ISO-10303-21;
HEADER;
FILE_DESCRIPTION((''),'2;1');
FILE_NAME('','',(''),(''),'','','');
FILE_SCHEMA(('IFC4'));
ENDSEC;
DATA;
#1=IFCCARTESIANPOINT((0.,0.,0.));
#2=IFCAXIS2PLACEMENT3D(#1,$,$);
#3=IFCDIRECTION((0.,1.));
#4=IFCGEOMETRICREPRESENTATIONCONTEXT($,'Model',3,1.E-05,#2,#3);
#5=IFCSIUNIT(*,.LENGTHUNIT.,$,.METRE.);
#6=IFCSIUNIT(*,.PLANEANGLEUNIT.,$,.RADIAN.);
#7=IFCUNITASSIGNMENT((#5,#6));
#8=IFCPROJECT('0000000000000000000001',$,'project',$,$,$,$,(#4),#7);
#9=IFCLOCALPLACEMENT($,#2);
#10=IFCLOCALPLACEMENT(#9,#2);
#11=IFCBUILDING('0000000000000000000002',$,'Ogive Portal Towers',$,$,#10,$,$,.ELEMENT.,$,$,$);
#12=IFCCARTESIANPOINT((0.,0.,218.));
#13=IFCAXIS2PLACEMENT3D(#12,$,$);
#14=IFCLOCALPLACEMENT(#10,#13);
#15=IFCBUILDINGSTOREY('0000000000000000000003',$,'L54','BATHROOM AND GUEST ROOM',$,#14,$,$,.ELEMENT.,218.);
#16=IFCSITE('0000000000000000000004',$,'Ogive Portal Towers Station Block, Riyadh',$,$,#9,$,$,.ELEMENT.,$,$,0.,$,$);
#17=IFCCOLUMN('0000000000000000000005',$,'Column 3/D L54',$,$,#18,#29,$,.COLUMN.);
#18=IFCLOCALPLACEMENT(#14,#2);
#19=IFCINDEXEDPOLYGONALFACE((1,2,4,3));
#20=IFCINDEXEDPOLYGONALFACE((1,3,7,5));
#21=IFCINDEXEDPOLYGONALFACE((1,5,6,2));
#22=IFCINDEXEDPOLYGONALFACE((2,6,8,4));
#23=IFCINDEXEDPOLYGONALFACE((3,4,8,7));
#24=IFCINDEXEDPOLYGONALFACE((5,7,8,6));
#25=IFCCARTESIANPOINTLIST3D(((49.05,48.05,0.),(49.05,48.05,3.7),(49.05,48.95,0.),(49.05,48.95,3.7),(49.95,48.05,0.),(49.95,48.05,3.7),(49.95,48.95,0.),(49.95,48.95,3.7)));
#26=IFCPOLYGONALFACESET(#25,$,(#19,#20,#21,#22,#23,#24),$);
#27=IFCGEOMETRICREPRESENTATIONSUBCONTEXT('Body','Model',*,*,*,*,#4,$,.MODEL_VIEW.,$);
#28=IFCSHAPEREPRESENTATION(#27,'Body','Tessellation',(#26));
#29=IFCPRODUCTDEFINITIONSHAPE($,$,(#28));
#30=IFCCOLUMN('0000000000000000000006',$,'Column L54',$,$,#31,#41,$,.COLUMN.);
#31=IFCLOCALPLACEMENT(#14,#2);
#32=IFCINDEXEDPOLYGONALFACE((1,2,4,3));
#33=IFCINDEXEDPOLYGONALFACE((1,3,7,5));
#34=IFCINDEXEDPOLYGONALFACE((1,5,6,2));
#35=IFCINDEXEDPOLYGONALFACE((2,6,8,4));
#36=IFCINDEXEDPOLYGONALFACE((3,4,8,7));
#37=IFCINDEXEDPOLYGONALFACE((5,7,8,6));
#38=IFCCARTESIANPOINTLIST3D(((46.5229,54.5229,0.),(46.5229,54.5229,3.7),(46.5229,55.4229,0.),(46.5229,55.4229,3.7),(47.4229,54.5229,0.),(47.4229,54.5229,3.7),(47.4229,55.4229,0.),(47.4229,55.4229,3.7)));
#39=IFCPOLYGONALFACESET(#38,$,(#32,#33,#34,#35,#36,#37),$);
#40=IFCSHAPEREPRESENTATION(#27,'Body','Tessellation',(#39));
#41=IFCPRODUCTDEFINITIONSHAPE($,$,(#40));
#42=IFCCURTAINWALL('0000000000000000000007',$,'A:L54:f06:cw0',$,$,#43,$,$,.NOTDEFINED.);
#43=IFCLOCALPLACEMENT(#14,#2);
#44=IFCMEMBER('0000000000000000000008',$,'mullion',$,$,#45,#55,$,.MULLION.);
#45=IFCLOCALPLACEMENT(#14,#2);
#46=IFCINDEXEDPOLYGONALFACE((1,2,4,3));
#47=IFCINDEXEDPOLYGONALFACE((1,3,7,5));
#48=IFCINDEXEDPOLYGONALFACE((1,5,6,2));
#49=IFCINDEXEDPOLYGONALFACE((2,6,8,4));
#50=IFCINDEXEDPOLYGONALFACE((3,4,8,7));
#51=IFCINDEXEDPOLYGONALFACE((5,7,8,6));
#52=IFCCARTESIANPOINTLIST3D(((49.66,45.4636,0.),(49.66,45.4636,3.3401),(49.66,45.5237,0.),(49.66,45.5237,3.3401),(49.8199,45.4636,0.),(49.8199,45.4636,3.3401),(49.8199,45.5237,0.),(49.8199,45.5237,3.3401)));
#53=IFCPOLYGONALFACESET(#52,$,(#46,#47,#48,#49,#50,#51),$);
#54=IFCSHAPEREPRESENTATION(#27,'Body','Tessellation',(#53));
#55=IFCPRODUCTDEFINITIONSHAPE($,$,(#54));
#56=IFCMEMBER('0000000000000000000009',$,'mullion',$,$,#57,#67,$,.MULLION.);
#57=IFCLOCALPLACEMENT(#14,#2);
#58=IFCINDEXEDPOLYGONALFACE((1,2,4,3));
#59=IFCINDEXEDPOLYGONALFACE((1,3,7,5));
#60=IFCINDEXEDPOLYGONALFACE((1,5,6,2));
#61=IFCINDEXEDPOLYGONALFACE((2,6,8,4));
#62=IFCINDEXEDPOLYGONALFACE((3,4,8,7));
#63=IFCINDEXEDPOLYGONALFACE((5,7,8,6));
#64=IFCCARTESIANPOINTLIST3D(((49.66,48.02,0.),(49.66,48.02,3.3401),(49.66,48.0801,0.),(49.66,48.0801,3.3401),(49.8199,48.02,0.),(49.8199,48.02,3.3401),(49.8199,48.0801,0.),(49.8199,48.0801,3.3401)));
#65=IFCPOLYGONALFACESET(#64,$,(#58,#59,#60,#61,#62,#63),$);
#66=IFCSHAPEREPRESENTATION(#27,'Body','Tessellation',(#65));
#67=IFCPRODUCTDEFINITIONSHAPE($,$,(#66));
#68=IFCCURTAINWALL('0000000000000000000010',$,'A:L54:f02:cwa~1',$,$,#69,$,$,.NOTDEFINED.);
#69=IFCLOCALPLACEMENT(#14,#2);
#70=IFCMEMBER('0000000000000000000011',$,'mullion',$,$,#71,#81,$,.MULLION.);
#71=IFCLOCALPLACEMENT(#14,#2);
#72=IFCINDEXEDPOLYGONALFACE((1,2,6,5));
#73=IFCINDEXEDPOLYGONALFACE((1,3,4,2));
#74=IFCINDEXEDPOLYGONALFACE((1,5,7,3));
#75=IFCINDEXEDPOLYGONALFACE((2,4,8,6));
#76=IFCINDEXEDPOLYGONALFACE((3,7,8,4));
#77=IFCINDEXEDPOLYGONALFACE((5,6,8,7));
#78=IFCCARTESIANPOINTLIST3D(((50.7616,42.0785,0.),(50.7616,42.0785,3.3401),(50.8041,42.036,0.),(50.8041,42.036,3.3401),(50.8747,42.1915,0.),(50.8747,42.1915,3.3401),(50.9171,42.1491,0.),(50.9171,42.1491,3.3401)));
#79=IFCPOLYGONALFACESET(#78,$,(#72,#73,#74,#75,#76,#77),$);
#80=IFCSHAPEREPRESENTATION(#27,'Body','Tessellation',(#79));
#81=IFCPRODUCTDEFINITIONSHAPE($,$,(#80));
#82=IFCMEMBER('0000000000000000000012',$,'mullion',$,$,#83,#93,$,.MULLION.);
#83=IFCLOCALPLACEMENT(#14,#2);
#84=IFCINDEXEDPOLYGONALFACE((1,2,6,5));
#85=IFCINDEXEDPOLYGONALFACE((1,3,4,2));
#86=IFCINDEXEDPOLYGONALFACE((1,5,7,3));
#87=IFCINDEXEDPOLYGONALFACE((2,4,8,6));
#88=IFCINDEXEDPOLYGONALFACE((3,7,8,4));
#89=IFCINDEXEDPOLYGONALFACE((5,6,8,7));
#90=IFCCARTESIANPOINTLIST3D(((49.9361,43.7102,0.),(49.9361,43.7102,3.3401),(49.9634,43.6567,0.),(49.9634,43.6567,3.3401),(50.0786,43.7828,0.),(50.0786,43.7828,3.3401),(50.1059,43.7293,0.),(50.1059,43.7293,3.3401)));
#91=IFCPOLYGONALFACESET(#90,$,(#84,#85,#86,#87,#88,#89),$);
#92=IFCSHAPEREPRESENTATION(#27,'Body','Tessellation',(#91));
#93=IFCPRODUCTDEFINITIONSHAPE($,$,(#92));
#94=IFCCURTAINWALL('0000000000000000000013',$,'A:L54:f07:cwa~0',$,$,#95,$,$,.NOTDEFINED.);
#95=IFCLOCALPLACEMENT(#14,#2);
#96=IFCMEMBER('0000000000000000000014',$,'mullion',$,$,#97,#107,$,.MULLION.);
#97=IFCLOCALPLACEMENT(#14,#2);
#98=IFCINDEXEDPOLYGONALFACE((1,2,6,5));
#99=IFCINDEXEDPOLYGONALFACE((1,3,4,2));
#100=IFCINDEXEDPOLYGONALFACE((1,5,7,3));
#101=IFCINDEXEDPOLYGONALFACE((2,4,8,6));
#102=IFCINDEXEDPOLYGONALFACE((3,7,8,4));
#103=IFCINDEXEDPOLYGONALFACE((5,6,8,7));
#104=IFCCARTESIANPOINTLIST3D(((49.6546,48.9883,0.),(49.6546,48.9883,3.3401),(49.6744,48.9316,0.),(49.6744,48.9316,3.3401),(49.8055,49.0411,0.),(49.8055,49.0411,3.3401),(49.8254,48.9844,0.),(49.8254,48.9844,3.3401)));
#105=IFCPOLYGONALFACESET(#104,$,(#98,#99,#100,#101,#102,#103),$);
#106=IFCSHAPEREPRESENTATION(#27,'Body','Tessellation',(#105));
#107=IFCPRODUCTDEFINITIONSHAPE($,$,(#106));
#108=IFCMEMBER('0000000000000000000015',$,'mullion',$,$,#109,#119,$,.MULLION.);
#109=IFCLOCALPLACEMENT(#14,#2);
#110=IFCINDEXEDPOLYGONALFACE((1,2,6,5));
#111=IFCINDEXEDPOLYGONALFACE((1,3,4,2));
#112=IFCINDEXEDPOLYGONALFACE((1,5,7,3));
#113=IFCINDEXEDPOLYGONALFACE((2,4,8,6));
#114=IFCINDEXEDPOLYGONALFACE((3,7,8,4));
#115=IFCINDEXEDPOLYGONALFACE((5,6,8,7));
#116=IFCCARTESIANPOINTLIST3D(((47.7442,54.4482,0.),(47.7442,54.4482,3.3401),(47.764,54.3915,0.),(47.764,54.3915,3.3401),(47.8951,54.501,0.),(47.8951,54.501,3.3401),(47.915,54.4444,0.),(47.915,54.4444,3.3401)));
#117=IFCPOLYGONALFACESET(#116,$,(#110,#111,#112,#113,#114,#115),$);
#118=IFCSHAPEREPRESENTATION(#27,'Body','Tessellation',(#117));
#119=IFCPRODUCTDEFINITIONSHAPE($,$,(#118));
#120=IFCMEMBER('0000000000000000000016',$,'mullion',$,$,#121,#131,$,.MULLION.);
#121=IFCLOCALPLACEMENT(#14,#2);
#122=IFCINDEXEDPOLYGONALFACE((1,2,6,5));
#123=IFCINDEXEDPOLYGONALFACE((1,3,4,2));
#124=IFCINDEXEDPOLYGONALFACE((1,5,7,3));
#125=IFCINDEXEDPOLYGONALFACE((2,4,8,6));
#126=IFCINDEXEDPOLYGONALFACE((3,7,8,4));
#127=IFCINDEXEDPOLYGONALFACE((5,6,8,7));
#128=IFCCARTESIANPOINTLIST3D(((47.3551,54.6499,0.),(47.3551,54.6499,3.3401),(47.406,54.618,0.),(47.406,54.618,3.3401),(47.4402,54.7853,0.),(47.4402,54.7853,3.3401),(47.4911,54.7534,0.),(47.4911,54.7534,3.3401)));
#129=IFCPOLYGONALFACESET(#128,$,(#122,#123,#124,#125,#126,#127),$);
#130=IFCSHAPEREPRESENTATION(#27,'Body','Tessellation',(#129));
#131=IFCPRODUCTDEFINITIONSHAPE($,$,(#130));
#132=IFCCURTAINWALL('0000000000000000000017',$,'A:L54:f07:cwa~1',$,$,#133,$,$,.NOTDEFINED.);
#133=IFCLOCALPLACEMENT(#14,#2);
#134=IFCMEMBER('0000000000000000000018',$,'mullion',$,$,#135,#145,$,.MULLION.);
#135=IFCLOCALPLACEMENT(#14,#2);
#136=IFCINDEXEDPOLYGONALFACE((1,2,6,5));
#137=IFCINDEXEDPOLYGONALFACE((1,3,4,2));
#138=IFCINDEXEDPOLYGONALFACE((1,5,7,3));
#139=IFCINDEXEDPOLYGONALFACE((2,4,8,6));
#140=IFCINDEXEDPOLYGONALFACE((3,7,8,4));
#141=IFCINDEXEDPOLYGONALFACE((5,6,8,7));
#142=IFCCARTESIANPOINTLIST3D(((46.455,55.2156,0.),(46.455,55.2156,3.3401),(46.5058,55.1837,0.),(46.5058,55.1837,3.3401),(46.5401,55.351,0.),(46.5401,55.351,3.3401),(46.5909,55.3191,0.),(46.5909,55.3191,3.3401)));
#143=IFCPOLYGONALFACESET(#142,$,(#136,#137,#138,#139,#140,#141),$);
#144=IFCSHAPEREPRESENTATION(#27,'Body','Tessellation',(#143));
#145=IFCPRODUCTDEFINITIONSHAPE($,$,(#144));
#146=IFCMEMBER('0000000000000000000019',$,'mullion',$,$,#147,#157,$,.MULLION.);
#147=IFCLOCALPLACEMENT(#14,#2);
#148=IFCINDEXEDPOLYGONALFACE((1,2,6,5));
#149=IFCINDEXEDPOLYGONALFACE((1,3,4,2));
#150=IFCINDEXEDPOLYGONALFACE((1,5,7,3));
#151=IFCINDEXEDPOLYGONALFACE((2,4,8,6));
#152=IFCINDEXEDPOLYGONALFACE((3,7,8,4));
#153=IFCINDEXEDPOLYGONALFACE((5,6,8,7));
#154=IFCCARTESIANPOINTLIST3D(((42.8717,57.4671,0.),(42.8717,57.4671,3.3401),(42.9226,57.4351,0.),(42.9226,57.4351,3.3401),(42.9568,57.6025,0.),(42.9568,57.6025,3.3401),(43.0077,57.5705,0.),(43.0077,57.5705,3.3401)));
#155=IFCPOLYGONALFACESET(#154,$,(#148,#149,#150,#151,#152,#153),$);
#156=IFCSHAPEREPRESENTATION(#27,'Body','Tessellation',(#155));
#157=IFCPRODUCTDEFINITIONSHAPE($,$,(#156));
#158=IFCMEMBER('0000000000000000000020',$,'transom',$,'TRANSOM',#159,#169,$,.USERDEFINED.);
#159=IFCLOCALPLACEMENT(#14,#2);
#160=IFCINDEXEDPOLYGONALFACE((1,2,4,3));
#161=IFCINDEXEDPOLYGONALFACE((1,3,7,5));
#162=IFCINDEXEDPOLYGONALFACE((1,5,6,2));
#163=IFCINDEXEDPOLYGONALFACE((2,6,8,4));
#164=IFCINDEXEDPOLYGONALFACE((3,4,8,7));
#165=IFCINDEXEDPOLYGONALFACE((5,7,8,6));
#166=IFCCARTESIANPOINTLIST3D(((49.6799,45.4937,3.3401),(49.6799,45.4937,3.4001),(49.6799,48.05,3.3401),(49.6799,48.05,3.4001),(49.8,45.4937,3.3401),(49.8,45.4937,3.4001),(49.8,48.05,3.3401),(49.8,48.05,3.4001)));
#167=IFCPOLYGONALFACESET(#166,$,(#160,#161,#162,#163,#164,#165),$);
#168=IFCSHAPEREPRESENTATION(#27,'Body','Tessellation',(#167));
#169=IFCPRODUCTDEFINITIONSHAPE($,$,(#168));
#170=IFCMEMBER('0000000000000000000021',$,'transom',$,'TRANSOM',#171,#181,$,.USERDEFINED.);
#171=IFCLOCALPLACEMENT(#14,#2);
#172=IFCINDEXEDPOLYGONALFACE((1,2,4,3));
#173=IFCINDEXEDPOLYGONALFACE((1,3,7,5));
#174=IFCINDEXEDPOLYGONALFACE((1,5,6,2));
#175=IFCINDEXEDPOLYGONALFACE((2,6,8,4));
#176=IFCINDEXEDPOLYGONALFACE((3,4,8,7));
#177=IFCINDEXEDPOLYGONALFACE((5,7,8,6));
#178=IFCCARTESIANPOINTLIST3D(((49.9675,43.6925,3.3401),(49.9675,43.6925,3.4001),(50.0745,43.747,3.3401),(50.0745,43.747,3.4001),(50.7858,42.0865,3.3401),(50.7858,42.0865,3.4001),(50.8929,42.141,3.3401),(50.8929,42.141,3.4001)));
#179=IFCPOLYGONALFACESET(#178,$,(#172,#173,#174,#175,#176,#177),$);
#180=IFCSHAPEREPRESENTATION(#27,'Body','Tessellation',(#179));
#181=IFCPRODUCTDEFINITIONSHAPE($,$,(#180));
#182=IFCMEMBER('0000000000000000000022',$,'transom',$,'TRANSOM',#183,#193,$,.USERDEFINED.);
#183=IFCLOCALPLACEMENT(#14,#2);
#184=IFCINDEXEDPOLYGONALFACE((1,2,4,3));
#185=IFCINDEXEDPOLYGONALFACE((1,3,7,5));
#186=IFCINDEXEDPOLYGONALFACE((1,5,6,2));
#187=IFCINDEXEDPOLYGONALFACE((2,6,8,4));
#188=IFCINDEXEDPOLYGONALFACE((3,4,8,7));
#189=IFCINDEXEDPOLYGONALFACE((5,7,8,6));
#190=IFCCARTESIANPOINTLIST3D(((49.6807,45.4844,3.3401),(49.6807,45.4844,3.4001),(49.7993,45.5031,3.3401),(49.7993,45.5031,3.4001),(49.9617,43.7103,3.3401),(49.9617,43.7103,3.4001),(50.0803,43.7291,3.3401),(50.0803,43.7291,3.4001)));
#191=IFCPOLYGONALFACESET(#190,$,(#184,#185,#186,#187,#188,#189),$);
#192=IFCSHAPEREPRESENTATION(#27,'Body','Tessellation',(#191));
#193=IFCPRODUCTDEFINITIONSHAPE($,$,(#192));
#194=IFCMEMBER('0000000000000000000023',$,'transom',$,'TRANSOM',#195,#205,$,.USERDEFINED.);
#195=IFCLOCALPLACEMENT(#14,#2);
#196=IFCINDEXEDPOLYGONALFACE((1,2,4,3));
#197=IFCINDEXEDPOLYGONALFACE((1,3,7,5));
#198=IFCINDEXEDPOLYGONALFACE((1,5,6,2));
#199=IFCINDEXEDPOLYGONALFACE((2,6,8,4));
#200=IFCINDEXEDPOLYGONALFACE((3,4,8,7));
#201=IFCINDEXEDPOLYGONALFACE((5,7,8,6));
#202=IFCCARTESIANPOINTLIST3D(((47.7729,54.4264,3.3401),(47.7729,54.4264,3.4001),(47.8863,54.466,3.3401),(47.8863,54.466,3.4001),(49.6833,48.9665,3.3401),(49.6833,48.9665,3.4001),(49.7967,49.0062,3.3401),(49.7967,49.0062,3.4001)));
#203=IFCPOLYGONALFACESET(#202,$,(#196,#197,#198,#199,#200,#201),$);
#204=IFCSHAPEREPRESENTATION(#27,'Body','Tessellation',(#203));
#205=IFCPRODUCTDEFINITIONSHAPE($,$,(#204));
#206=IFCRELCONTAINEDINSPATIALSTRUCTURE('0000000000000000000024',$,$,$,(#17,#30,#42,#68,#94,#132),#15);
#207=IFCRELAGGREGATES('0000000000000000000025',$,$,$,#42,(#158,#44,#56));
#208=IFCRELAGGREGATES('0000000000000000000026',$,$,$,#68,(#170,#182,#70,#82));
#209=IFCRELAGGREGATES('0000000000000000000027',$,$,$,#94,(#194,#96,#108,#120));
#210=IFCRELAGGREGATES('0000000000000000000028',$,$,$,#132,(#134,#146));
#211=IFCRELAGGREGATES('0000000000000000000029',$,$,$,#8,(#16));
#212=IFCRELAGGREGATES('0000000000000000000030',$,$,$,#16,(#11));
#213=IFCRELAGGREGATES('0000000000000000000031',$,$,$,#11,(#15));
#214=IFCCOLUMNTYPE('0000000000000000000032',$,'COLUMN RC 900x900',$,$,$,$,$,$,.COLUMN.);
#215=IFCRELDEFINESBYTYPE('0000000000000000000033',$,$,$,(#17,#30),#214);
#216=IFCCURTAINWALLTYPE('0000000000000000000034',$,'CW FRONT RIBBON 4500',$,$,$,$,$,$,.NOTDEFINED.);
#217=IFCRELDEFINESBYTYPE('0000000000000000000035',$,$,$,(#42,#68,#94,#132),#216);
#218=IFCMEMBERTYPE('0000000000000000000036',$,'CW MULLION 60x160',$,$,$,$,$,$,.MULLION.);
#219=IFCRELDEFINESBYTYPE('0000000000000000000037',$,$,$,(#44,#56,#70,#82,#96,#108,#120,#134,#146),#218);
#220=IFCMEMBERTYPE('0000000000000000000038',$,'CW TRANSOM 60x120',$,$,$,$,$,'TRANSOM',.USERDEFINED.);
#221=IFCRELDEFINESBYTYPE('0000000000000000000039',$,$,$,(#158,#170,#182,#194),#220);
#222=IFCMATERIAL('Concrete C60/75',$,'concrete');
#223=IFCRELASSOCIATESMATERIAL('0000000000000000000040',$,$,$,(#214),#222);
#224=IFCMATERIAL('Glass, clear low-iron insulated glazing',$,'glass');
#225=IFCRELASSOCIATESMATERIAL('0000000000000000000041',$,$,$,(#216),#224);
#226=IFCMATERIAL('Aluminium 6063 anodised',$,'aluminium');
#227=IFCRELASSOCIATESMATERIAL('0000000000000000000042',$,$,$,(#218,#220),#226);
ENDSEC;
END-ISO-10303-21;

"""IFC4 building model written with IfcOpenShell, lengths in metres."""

from ifc_helpers import new_model, si_unit, direction, frame, origin, origin_2d, place, context, subcontext, project, spatial, rectangle, extrude, material, material_profile, profile_set, type_object, element, aggregate, save


model = new_model("IFC4")

# Units and contexts
model_context = context("Model", 3, precision=1e-05, world=origin(), true_north=direction((0.0, 1.0)))
body_context = subcontext(model_context, "Body", "Model", "MODEL_VIEW")
ifc_project = project(units=[si_unit("LENGTHUNIT", "METRE"), si_unit("PLANEANGLEUNIT", "RADIAN")], contexts=[model_context])

# Site, building, storey
site_placement = place(None, origin())
site = spatial("IfcSite", under=ifc_project, at=site_placement, Name="Ogive Portal Towers Station Block, Riyadh", CompositionType="ELEMENT", RefElevation=0.0)
building_placement = place(site_placement, origin())
building = spatial("IfcBuilding", under=site, at=building_placement, Name="Ogive Portal Towers", CompositionType="ELEMENT")
storey_placement = place(building_placement, frame((0.0, 0.0, 218.0)))
storey = spatial("IfcBuildingStorey", under=building, at=storey_placement, Name="L54", Description="BATHROOM AND GUEST ROOM", CompositionType="ELEMENT", Elevation=218.0)

# Columns
ifc_material_1 = material(Name="Concrete C60/75", Category="concrete")
ifc_material_profile_1 = material_profile(ifc_material_1, rectangle(XDim=0.8999, YDim=0.8999, at=origin_2d()), Name="RC 900x900")
ifc_profile_set_1 = profile_set([ifc_material_profile_1], Name="Concrete C60/75")
column_type = type_object("IfcColumnType", Name="COLUMN RC 900x900", PredefinedType="COLUMN", material=ifc_profile_set_1)
for number, where, z_axis, x_axis, name in (
    (1, (49.5, 48.5, 0.0), (0.0, 0.0, 1.0), (1.0, 0.0, 0.0), "Column 3/D L54"),
    (2, (46.9729, 54.9729, 0.0), (0.0, 0.0, 1.0), (1.0, 0.0, 0.0), "Column L54"),
):
    element("IfcColumn", number, at=place(storey_placement, frame(where, z_axis=z_axis, x_axis=x_axis)), inside=storey, type_object=column_type, Name=name, PredefinedType="COLUMN", context=body_context, shape_type="SweptSolid", body=[
        extrude(rectangle(XDim=0.8999, YDim=0.8999, at=origin_2d()), origin(), (0.0, 0.0, 1.0), 3.7),
    ])

# Curtain walls, members
ifc_material_2 = material(Name="Glass, clear low-iron insulated glazing", Category="glass")
curtain_wall_type = type_object("IfcCurtainWallType", Name="CW FRONT RIBBON 4500", PredefinedType="NOTDEFINED", material=ifc_material_2)
curtain_wall_1_placement = place(storey_placement, origin())
curtain_wall_1 = element("IfcCurtainWall", 3, at=curtain_wall_1_placement, inside=storey, type_object=curtain_wall_type, Name="A:L54:f06:cw0", PredefinedType="NOTDEFINED")
ifc_material_3 = material(Name="Aluminium 6063 anodised", Category="aluminium")
ifc_material_profile_2 = material_profile(ifc_material_3, rectangle(XDim=0.1599, YDim=0.0601, at=origin_2d()), Name="AL 60x160")
ifc_profile_set_2 = profile_set([ifc_material_profile_2], Name="Aluminium 6063 anodised")
member_type_1 = type_object("IfcMemberType", Name="CW MULLION 60x160", PredefinedType="MULLION", material=ifc_profile_set_2)
member_1_placement = place(storey_placement, frame((49.74, 45.4937, 0.0), z_axis=(0.0, 0.0, 1.0), x_axis=(-1.0, 0.0, 0.0)))
member_1 = element("IfcMember", 4, at=member_1_placement, type_object=member_type_1, Name="mullion", PredefinedType="MULLION", context=body_context, shape_type="SweptSolid", body=[
    extrude(rectangle(XDim=0.1599, YDim=0.0601, at=origin_2d()), origin(), (0.0, 0.0, 1.0), 3.3401),
])
member_2_placement = place(storey_placement, frame((49.74, 48.05, 0.0), z_axis=(0.0, 0.0, 1.0), x_axis=(-1.0, 0.0, 0.0)))
member_2 = element("IfcMember", 5, at=member_2_placement, type_object=member_type_1, Name="mullion", PredefinedType="MULLION", context=body_context, shape_type="SweptSolid", body=[
    extrude(rectangle(XDim=0.1599, YDim=0.0601, at=origin_2d()), origin(), (0.0, 0.0, 1.0), 3.3401),
])
curtain_wall_2_placement = place(storey_placement, origin())
curtain_wall_2 = element("IfcCurtainWall", 6, at=curtain_wall_2_placement, inside=storey, type_object=curtain_wall_type, Name="A:L54:f02:cwa~1", PredefinedType="NOTDEFINED")
member_3_placement = place(storey_placement, frame((50.8394, 42.1138, 0.0), z_axis=(0.0, 0.0, 1.0), x_axis=(-0.707107, -0.707107, 0.0)))
member_3 = element("IfcMember", 7, at=member_3_placement, type_object=member_type_1, Name="mullion", PredefinedType="MULLION", context=body_context, shape_type="SweptSolid", body=[
    extrude(rectangle(XDim=0.1599, YDim=0.0601, at=origin_2d()), origin(), (0.0, 0.0, 1.0), 3.3401),
])
member_4_placement = place(storey_placement, frame((50.021, 43.7197, 0.0), z_axis=(0.0, 0.0, 1.0), x_axis=(-0.891007, -0.45399, 0.0)))
member_4 = element("IfcMember", 8, at=member_4_placement, type_object=member_type_1, Name="mullion", PredefinedType="MULLION", context=body_context, shape_type="SweptSolid", body=[
    extrude(rectangle(XDim=0.1599, YDim=0.0601, at=origin_2d()), origin(), (0.0, 0.0, 1.0), 3.3401),
])
curtain_wall_3_placement = place(storey_placement, origin())
curtain_wall_3 = element("IfcCurtainWall", 9, at=curtain_wall_3_placement, inside=storey, type_object=curtain_wall_type, Name="A:L54:f07:cwa~0", PredefinedType="NOTDEFINED")
member_5_placement = place(storey_placement, frame((49.74, 48.9863, 0.0), z_axis=(0.0, 0.0, 1.0), x_axis=(-0.943883, -0.330279, 0.0)))
member_5 = element("IfcMember", 10, at=member_5_placement, type_object=member_type_1, Name="mullion", PredefinedType="MULLION", context=body_context, shape_type="SweptSolid", body=[
    extrude(rectangle(XDim=0.1599, YDim=0.0601, at=origin_2d()), origin(), (0.0, 0.0, 1.0), 3.3401),
])
member_6_placement = place(storey_placement, frame((47.8296, 54.4463, 0.0), z_axis=(0.0, 0.0, 1.0), x_axis=(-0.943883, -0.330279, 0.0)))
member_6 = element("IfcMember", 11, at=member_6_placement, type_object=member_type_1, Name="mullion", PredefinedType="MULLION", context=body_context, shape_type="SweptSolid", body=[
    extrude(rectangle(XDim=0.1599, YDim=0.0601, at=origin_2d()), origin(), (0.0, 0.0, 1.0), 3.3401),
])
member_7_placement = place(storey_placement, frame((47.4231, 54.7017, 0.0), z_axis=(0.0, 0.0, 1.0), x_axis=(-0.532032, -0.846724, 0.0)))
member_7 = element("IfcMember", 12, at=member_7_placement, type_object=member_type_1, Name="mullion", PredefinedType="MULLION", context=body_context, shape_type="SweptSolid", body=[
    extrude(rectangle(XDim=0.1599, YDim=0.0601, at=origin_2d()), origin(), (0.0, 0.0, 1.0), 3.3401),
])
curtain_wall_4_placement = place(storey_placement, origin())
curtain_wall_4 = element("IfcCurtainWall", 13, at=curtain_wall_4_placement, inside=storey, type_object=curtain_wall_type, Name="A:L54:f07:cwa~1", PredefinedType="NOTDEFINED")
member_8_placement = place(storey_placement, frame((46.5229, 55.2673, 0.0), z_axis=(0.0, 0.0, 1.0), x_axis=(-0.532032, -0.846724, 0.0)))
member_8 = element("IfcMember", 14, at=member_8_placement, type_object=member_type_1, Name="mullion", PredefinedType="MULLION", context=body_context, shape_type="SweptSolid", body=[
    extrude(rectangle(XDim=0.1599, YDim=0.0601, at=origin_2d()), origin(), (0.0, 0.0, 1.0), 3.3401),
])
member_9_placement = place(storey_placement, frame((42.9397, 57.5188, 0.0), z_axis=(0.0, 0.0, 1.0), x_axis=(-0.532032, -0.846724, 0.0)))
member_9 = element("IfcMember", 15, at=member_9_placement, type_object=member_type_1, Name="mullion", PredefinedType="MULLION", context=body_context, shape_type="SweptSolid", body=[
    extrude(rectangle(XDim=0.1599, YDim=0.0601, at=origin_2d()), origin(), (0.0, 0.0, 1.0), 3.3401),
])

# Members
ifc_material_profile_3 = material_profile(ifc_material_3, rectangle(XDim=0.1201, YDim=0.0601, at=origin_2d()), Name="AL 120x60")
ifc_profile_set_3 = profile_set([ifc_material_profile_3], Name="Aluminium 6063 anodised")
member_type_2 = type_object("IfcMemberType", Name="CW TRANSOM 60x120", ElementType="TRANSOM", PredefinedType="USERDEFINED", material=ifc_profile_set_3)
member_10_placement = place(storey_placement, frame((49.74, 45.4937, 3.3701), z_axis=(0.0, 1.0, 0.0), x_axis=(-1.0, 0.0, 0.0)))
member_10 = element("IfcMember", 16, at=member_10_placement, type_object=member_type_2, Name="transom", ObjectType="TRANSOM", PredefinedType="USERDEFINED", context=body_context, shape_type="SweptSolid", body=[
    extrude(rectangle(XDim=0.1201, YDim=0.0601, at=origin_2d()), origin(), (0.0, 0.0, 1.0), 2.5564),
])
member_11_placement = place(storey_placement, frame((50.8394, 42.1138, 3.3701), z_axis=(-0.454027, 0.890988, 0.0), x_axis=(-0.890988, -0.454027, 0.0)))
member_11 = element("IfcMember", 17, at=member_11_placement, type_object=member_type_2, Name="transom", ObjectType="TRANSOM", PredefinedType="USERDEFINED", context=body_context, shape_type="SweptSolid", body=[
    extrude(rectangle(XDim=0.1201, YDim=0.0601, at=origin_2d()), origin(), (0.0, 0.0, 1.0), 1.8025),
])
member_12_placement = place(storey_placement, frame((50.021, 43.7197, 3.3701), z_axis=(-0.156458, 0.987685, 0.0), x_axis=(-0.987685, -0.156458, 0.0)))
member_12 = element("IfcMember", 18, at=member_12_placement, type_object=member_type_2, Name="transom", ObjectType="TRANSOM", PredefinedType="USERDEFINED", context=body_context, shape_type="SweptSolid", body=[
    extrude(rectangle(XDim=0.1201, YDim=0.0601, at=origin_2d()), origin(), (0.0, 0.0, 1.0), 1.7961),
])
member_13_placement = place(storey_placement, frame((49.74, 48.9863, 3.3701), z_axis=(-0.33026, 0.94389, 0.0), x_axis=(-0.94389, -0.33026, 0.0)))
member_13 = element("IfcMember", 19, at=member_13_placement, type_object=member_type_2, Name="transom", ObjectType="TRANSOM", PredefinedType="USERDEFINED", context=body_context, shape_type="SweptSolid", body=[
    extrude(rectangle(XDim=0.1201, YDim=0.0601, at=origin_2d()), origin(), (0.0, 0.0, 1.0), 5.7844),
])

aggregate(curtain_wall_1, [member_10, member_1, member_2])
aggregate(curtain_wall_2, [member_11, member_12, member_3, member_4])
aggregate(curtain_wall_3, [member_13, member_5, member_6, member_7])
aggregate(curtain_wall_4, [member_8, member_9])

save(model, "model.ifc")
